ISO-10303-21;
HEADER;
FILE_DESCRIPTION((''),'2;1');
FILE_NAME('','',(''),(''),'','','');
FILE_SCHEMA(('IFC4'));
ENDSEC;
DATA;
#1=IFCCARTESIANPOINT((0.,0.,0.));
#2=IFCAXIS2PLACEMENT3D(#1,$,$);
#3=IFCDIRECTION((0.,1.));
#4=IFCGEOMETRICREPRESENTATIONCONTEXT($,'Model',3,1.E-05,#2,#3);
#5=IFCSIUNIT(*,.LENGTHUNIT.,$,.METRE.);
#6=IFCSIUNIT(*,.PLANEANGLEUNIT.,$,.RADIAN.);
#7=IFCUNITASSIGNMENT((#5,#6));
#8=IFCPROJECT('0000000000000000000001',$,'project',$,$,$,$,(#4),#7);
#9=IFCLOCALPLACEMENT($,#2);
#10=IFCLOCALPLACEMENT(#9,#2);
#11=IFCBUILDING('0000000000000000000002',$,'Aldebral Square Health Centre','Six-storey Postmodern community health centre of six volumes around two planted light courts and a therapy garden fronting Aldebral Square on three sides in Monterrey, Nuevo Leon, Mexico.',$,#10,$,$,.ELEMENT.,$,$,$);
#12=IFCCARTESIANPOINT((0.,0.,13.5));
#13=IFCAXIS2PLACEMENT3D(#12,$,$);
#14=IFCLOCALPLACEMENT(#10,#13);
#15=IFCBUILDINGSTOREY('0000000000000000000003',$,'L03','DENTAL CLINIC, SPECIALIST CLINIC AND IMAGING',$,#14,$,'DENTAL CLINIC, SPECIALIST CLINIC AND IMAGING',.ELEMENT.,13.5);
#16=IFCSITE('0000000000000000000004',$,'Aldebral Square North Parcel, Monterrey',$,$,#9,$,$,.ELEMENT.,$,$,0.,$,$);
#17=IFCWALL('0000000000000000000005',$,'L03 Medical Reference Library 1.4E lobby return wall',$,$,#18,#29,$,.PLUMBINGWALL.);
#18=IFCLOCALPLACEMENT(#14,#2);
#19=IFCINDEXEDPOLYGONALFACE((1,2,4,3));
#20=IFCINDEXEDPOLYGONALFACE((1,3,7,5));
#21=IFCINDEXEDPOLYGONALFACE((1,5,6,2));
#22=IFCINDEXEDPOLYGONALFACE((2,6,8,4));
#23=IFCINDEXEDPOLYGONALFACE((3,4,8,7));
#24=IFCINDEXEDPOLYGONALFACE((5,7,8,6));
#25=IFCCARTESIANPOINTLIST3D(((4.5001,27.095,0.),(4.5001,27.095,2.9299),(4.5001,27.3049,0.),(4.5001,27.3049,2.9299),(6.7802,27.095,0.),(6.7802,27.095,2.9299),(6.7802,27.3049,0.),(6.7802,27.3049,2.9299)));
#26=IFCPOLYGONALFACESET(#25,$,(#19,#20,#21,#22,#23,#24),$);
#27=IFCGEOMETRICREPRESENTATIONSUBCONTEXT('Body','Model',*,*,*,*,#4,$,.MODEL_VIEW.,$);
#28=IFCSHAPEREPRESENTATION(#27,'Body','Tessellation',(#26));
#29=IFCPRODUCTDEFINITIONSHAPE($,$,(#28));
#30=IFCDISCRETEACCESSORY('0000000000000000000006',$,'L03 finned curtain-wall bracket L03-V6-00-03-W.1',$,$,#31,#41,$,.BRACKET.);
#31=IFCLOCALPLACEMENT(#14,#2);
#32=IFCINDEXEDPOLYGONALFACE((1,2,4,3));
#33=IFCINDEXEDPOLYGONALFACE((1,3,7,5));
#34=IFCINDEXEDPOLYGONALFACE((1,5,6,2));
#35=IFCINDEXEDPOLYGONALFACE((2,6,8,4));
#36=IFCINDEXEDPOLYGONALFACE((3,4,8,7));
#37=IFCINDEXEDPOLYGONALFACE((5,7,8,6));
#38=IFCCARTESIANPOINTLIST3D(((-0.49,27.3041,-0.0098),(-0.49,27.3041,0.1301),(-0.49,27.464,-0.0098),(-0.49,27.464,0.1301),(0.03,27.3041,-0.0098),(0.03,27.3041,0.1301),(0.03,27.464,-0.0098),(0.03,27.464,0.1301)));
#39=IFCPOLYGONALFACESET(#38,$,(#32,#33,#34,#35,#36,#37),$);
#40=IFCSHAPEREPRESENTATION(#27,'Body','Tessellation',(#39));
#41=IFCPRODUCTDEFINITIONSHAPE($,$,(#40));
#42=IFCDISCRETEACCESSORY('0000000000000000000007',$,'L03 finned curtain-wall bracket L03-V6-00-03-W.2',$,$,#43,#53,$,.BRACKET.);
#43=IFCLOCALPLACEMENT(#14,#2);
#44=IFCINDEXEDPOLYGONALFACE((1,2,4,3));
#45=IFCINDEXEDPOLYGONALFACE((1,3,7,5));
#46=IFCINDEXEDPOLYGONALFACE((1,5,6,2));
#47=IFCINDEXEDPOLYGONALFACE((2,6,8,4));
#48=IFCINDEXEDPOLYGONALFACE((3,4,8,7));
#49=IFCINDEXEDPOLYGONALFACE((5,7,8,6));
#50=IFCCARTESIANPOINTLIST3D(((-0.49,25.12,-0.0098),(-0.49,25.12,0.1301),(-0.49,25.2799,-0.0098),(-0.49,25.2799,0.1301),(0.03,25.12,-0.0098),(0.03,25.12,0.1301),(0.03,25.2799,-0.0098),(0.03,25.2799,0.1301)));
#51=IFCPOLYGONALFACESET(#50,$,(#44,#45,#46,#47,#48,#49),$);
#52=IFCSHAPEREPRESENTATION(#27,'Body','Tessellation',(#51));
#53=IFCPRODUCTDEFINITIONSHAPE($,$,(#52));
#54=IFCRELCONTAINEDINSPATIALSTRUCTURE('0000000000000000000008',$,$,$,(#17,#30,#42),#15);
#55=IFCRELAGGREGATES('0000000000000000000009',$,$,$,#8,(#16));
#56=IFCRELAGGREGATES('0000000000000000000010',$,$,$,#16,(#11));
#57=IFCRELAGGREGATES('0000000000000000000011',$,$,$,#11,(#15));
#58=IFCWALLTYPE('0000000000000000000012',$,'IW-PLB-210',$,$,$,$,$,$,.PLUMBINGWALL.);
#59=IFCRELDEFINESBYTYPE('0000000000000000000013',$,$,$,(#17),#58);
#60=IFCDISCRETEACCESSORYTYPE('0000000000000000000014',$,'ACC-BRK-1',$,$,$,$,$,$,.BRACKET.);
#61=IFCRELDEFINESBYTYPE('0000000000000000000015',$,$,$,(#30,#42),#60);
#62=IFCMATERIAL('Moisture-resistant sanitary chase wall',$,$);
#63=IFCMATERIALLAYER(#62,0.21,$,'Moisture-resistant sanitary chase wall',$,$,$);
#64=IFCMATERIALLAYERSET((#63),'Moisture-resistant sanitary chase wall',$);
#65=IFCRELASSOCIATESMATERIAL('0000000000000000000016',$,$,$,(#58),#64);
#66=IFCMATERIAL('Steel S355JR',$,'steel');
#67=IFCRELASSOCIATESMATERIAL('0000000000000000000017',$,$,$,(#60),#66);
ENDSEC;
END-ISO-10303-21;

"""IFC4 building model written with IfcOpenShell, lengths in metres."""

from ifc_helpers import new_model, si_unit, direction, frame, frame_2d, origin, origin_2d, place, context, subcontext, project, spatial, rectangle, extrude, material, layer, layer_set, type_object, element, save


model = new_model("IFC4")

# Units and contexts
model_context = context("Model", 3, precision=1e-05, world=origin(), true_north=direction((0.0, 1.0)))
body_context = subcontext(model_context, "Body", "Model", "MODEL_VIEW")
ifc_project = project(units=[si_unit("LENGTHUNIT", "METRE"), si_unit("PLANEANGLEUNIT", "RADIAN")], contexts=[model_context])

# Site, building, storey
site_placement = place(None, origin())
site = spatial("IfcSite", under=ifc_project, at=site_placement, Name="Aldebral Square North Parcel, Monterrey", CompositionType="ELEMENT", RefElevation=0.0)
building_placement = place(site_placement, origin())
building = spatial("IfcBuilding", under=site, at=building_placement, Name="Aldebral Square Health Centre", Description="Six-storey Postmodern community health centre of six volumes around two planted light courts and a therapy garden fronting Aldebral Square on three sides in Monterrey, Nuevo Leon, Mexico.", CompositionType="ELEMENT")
storey_placement = place(building_placement, frame((0.0, 0.0, 13.5)))
storey = spatial("IfcBuildingStorey", under=building, at=storey_placement, Name="L03", Description="DENTAL CLINIC, SPECIALIST CLINIC AND IMAGING", LongName="DENTAL CLINIC, SPECIALIST CLINIC AND IMAGING", CompositionType="ELEMENT", Elevation=13.5)

# Wall
ifc_material_1 = material(Name="Moisture-resistant sanitary chase wall")
ifc_layer_1 = layer(ifc_material_1, 0.21, Name="Moisture-resistant sanitary chase wall")
ifc_layer_set_1 = layer_set([ifc_layer_1], Name="Moisture-resistant sanitary chase wall")
wall_type = type_object("IfcWallType", Name="IW-PLB-210", PredefinedType="PLUMBINGWALL", material=ifc_layer_set_1)
wall_placement = place(storey_placement, frame((4.5, 27.2, 0.0), z_axis=(0.0, 0.0, 1.0), x_axis=(1.0, 0.0, 0.0)))
element("IfcWall", 1, at=wall_placement, inside=storey, type_object=wall_type, Name="L03 Medical Reference Library 1.4E lobby return wall", PredefinedType="PLUMBINGWALL", context=body_context, shape_type="SweptSolid", body=[
    extrude(rectangle(XDim=2.28, YDim=0.21, at=frame_2d((1.1401, 0.0))), origin(), (0.0, 0.0, 1.0), 2.9299),
])

# Discrete accessories
ifc_material_2 = material(Name="Steel S355JR", Category="steel")
discrete_accessory_type = type_object("IfcDiscreteAccessoryType", Name="ACC-BRK-1", PredefinedType="BRACKET", material=ifc_material_2)
for number, where, z_axis, x_axis, name in (
    (2, (-0.23, 27.384, -0.0098), (0.0, 0.0, 1.0), (0.0, 1.0, 0.0), "L03 finned curtain-wall bracket L03-V6-00-03-W.1"),
    (3, (-0.23, 25.2, -0.0098), (0.0, 0.0, 1.0), (0.0, 1.0, 0.0), "L03 finned curtain-wall bracket L03-V6-00-03-W.2"),
):
    element("IfcDiscreteAccessory", number, at=place(storey_placement, frame(where, z_axis=z_axis, x_axis=x_axis)), inside=storey, type_object=discrete_accessory_type, Name=name, PredefinedType="BRACKET", context=body_context, shape_type="SweptSolid", body=[
        extrude(rectangle(XDim=0.1599, YDim=0.52, at=origin_2d()), origin(), (0.0, 0.0, 1.0), 0.1399),
    ])

save(model, "model.ifc")
